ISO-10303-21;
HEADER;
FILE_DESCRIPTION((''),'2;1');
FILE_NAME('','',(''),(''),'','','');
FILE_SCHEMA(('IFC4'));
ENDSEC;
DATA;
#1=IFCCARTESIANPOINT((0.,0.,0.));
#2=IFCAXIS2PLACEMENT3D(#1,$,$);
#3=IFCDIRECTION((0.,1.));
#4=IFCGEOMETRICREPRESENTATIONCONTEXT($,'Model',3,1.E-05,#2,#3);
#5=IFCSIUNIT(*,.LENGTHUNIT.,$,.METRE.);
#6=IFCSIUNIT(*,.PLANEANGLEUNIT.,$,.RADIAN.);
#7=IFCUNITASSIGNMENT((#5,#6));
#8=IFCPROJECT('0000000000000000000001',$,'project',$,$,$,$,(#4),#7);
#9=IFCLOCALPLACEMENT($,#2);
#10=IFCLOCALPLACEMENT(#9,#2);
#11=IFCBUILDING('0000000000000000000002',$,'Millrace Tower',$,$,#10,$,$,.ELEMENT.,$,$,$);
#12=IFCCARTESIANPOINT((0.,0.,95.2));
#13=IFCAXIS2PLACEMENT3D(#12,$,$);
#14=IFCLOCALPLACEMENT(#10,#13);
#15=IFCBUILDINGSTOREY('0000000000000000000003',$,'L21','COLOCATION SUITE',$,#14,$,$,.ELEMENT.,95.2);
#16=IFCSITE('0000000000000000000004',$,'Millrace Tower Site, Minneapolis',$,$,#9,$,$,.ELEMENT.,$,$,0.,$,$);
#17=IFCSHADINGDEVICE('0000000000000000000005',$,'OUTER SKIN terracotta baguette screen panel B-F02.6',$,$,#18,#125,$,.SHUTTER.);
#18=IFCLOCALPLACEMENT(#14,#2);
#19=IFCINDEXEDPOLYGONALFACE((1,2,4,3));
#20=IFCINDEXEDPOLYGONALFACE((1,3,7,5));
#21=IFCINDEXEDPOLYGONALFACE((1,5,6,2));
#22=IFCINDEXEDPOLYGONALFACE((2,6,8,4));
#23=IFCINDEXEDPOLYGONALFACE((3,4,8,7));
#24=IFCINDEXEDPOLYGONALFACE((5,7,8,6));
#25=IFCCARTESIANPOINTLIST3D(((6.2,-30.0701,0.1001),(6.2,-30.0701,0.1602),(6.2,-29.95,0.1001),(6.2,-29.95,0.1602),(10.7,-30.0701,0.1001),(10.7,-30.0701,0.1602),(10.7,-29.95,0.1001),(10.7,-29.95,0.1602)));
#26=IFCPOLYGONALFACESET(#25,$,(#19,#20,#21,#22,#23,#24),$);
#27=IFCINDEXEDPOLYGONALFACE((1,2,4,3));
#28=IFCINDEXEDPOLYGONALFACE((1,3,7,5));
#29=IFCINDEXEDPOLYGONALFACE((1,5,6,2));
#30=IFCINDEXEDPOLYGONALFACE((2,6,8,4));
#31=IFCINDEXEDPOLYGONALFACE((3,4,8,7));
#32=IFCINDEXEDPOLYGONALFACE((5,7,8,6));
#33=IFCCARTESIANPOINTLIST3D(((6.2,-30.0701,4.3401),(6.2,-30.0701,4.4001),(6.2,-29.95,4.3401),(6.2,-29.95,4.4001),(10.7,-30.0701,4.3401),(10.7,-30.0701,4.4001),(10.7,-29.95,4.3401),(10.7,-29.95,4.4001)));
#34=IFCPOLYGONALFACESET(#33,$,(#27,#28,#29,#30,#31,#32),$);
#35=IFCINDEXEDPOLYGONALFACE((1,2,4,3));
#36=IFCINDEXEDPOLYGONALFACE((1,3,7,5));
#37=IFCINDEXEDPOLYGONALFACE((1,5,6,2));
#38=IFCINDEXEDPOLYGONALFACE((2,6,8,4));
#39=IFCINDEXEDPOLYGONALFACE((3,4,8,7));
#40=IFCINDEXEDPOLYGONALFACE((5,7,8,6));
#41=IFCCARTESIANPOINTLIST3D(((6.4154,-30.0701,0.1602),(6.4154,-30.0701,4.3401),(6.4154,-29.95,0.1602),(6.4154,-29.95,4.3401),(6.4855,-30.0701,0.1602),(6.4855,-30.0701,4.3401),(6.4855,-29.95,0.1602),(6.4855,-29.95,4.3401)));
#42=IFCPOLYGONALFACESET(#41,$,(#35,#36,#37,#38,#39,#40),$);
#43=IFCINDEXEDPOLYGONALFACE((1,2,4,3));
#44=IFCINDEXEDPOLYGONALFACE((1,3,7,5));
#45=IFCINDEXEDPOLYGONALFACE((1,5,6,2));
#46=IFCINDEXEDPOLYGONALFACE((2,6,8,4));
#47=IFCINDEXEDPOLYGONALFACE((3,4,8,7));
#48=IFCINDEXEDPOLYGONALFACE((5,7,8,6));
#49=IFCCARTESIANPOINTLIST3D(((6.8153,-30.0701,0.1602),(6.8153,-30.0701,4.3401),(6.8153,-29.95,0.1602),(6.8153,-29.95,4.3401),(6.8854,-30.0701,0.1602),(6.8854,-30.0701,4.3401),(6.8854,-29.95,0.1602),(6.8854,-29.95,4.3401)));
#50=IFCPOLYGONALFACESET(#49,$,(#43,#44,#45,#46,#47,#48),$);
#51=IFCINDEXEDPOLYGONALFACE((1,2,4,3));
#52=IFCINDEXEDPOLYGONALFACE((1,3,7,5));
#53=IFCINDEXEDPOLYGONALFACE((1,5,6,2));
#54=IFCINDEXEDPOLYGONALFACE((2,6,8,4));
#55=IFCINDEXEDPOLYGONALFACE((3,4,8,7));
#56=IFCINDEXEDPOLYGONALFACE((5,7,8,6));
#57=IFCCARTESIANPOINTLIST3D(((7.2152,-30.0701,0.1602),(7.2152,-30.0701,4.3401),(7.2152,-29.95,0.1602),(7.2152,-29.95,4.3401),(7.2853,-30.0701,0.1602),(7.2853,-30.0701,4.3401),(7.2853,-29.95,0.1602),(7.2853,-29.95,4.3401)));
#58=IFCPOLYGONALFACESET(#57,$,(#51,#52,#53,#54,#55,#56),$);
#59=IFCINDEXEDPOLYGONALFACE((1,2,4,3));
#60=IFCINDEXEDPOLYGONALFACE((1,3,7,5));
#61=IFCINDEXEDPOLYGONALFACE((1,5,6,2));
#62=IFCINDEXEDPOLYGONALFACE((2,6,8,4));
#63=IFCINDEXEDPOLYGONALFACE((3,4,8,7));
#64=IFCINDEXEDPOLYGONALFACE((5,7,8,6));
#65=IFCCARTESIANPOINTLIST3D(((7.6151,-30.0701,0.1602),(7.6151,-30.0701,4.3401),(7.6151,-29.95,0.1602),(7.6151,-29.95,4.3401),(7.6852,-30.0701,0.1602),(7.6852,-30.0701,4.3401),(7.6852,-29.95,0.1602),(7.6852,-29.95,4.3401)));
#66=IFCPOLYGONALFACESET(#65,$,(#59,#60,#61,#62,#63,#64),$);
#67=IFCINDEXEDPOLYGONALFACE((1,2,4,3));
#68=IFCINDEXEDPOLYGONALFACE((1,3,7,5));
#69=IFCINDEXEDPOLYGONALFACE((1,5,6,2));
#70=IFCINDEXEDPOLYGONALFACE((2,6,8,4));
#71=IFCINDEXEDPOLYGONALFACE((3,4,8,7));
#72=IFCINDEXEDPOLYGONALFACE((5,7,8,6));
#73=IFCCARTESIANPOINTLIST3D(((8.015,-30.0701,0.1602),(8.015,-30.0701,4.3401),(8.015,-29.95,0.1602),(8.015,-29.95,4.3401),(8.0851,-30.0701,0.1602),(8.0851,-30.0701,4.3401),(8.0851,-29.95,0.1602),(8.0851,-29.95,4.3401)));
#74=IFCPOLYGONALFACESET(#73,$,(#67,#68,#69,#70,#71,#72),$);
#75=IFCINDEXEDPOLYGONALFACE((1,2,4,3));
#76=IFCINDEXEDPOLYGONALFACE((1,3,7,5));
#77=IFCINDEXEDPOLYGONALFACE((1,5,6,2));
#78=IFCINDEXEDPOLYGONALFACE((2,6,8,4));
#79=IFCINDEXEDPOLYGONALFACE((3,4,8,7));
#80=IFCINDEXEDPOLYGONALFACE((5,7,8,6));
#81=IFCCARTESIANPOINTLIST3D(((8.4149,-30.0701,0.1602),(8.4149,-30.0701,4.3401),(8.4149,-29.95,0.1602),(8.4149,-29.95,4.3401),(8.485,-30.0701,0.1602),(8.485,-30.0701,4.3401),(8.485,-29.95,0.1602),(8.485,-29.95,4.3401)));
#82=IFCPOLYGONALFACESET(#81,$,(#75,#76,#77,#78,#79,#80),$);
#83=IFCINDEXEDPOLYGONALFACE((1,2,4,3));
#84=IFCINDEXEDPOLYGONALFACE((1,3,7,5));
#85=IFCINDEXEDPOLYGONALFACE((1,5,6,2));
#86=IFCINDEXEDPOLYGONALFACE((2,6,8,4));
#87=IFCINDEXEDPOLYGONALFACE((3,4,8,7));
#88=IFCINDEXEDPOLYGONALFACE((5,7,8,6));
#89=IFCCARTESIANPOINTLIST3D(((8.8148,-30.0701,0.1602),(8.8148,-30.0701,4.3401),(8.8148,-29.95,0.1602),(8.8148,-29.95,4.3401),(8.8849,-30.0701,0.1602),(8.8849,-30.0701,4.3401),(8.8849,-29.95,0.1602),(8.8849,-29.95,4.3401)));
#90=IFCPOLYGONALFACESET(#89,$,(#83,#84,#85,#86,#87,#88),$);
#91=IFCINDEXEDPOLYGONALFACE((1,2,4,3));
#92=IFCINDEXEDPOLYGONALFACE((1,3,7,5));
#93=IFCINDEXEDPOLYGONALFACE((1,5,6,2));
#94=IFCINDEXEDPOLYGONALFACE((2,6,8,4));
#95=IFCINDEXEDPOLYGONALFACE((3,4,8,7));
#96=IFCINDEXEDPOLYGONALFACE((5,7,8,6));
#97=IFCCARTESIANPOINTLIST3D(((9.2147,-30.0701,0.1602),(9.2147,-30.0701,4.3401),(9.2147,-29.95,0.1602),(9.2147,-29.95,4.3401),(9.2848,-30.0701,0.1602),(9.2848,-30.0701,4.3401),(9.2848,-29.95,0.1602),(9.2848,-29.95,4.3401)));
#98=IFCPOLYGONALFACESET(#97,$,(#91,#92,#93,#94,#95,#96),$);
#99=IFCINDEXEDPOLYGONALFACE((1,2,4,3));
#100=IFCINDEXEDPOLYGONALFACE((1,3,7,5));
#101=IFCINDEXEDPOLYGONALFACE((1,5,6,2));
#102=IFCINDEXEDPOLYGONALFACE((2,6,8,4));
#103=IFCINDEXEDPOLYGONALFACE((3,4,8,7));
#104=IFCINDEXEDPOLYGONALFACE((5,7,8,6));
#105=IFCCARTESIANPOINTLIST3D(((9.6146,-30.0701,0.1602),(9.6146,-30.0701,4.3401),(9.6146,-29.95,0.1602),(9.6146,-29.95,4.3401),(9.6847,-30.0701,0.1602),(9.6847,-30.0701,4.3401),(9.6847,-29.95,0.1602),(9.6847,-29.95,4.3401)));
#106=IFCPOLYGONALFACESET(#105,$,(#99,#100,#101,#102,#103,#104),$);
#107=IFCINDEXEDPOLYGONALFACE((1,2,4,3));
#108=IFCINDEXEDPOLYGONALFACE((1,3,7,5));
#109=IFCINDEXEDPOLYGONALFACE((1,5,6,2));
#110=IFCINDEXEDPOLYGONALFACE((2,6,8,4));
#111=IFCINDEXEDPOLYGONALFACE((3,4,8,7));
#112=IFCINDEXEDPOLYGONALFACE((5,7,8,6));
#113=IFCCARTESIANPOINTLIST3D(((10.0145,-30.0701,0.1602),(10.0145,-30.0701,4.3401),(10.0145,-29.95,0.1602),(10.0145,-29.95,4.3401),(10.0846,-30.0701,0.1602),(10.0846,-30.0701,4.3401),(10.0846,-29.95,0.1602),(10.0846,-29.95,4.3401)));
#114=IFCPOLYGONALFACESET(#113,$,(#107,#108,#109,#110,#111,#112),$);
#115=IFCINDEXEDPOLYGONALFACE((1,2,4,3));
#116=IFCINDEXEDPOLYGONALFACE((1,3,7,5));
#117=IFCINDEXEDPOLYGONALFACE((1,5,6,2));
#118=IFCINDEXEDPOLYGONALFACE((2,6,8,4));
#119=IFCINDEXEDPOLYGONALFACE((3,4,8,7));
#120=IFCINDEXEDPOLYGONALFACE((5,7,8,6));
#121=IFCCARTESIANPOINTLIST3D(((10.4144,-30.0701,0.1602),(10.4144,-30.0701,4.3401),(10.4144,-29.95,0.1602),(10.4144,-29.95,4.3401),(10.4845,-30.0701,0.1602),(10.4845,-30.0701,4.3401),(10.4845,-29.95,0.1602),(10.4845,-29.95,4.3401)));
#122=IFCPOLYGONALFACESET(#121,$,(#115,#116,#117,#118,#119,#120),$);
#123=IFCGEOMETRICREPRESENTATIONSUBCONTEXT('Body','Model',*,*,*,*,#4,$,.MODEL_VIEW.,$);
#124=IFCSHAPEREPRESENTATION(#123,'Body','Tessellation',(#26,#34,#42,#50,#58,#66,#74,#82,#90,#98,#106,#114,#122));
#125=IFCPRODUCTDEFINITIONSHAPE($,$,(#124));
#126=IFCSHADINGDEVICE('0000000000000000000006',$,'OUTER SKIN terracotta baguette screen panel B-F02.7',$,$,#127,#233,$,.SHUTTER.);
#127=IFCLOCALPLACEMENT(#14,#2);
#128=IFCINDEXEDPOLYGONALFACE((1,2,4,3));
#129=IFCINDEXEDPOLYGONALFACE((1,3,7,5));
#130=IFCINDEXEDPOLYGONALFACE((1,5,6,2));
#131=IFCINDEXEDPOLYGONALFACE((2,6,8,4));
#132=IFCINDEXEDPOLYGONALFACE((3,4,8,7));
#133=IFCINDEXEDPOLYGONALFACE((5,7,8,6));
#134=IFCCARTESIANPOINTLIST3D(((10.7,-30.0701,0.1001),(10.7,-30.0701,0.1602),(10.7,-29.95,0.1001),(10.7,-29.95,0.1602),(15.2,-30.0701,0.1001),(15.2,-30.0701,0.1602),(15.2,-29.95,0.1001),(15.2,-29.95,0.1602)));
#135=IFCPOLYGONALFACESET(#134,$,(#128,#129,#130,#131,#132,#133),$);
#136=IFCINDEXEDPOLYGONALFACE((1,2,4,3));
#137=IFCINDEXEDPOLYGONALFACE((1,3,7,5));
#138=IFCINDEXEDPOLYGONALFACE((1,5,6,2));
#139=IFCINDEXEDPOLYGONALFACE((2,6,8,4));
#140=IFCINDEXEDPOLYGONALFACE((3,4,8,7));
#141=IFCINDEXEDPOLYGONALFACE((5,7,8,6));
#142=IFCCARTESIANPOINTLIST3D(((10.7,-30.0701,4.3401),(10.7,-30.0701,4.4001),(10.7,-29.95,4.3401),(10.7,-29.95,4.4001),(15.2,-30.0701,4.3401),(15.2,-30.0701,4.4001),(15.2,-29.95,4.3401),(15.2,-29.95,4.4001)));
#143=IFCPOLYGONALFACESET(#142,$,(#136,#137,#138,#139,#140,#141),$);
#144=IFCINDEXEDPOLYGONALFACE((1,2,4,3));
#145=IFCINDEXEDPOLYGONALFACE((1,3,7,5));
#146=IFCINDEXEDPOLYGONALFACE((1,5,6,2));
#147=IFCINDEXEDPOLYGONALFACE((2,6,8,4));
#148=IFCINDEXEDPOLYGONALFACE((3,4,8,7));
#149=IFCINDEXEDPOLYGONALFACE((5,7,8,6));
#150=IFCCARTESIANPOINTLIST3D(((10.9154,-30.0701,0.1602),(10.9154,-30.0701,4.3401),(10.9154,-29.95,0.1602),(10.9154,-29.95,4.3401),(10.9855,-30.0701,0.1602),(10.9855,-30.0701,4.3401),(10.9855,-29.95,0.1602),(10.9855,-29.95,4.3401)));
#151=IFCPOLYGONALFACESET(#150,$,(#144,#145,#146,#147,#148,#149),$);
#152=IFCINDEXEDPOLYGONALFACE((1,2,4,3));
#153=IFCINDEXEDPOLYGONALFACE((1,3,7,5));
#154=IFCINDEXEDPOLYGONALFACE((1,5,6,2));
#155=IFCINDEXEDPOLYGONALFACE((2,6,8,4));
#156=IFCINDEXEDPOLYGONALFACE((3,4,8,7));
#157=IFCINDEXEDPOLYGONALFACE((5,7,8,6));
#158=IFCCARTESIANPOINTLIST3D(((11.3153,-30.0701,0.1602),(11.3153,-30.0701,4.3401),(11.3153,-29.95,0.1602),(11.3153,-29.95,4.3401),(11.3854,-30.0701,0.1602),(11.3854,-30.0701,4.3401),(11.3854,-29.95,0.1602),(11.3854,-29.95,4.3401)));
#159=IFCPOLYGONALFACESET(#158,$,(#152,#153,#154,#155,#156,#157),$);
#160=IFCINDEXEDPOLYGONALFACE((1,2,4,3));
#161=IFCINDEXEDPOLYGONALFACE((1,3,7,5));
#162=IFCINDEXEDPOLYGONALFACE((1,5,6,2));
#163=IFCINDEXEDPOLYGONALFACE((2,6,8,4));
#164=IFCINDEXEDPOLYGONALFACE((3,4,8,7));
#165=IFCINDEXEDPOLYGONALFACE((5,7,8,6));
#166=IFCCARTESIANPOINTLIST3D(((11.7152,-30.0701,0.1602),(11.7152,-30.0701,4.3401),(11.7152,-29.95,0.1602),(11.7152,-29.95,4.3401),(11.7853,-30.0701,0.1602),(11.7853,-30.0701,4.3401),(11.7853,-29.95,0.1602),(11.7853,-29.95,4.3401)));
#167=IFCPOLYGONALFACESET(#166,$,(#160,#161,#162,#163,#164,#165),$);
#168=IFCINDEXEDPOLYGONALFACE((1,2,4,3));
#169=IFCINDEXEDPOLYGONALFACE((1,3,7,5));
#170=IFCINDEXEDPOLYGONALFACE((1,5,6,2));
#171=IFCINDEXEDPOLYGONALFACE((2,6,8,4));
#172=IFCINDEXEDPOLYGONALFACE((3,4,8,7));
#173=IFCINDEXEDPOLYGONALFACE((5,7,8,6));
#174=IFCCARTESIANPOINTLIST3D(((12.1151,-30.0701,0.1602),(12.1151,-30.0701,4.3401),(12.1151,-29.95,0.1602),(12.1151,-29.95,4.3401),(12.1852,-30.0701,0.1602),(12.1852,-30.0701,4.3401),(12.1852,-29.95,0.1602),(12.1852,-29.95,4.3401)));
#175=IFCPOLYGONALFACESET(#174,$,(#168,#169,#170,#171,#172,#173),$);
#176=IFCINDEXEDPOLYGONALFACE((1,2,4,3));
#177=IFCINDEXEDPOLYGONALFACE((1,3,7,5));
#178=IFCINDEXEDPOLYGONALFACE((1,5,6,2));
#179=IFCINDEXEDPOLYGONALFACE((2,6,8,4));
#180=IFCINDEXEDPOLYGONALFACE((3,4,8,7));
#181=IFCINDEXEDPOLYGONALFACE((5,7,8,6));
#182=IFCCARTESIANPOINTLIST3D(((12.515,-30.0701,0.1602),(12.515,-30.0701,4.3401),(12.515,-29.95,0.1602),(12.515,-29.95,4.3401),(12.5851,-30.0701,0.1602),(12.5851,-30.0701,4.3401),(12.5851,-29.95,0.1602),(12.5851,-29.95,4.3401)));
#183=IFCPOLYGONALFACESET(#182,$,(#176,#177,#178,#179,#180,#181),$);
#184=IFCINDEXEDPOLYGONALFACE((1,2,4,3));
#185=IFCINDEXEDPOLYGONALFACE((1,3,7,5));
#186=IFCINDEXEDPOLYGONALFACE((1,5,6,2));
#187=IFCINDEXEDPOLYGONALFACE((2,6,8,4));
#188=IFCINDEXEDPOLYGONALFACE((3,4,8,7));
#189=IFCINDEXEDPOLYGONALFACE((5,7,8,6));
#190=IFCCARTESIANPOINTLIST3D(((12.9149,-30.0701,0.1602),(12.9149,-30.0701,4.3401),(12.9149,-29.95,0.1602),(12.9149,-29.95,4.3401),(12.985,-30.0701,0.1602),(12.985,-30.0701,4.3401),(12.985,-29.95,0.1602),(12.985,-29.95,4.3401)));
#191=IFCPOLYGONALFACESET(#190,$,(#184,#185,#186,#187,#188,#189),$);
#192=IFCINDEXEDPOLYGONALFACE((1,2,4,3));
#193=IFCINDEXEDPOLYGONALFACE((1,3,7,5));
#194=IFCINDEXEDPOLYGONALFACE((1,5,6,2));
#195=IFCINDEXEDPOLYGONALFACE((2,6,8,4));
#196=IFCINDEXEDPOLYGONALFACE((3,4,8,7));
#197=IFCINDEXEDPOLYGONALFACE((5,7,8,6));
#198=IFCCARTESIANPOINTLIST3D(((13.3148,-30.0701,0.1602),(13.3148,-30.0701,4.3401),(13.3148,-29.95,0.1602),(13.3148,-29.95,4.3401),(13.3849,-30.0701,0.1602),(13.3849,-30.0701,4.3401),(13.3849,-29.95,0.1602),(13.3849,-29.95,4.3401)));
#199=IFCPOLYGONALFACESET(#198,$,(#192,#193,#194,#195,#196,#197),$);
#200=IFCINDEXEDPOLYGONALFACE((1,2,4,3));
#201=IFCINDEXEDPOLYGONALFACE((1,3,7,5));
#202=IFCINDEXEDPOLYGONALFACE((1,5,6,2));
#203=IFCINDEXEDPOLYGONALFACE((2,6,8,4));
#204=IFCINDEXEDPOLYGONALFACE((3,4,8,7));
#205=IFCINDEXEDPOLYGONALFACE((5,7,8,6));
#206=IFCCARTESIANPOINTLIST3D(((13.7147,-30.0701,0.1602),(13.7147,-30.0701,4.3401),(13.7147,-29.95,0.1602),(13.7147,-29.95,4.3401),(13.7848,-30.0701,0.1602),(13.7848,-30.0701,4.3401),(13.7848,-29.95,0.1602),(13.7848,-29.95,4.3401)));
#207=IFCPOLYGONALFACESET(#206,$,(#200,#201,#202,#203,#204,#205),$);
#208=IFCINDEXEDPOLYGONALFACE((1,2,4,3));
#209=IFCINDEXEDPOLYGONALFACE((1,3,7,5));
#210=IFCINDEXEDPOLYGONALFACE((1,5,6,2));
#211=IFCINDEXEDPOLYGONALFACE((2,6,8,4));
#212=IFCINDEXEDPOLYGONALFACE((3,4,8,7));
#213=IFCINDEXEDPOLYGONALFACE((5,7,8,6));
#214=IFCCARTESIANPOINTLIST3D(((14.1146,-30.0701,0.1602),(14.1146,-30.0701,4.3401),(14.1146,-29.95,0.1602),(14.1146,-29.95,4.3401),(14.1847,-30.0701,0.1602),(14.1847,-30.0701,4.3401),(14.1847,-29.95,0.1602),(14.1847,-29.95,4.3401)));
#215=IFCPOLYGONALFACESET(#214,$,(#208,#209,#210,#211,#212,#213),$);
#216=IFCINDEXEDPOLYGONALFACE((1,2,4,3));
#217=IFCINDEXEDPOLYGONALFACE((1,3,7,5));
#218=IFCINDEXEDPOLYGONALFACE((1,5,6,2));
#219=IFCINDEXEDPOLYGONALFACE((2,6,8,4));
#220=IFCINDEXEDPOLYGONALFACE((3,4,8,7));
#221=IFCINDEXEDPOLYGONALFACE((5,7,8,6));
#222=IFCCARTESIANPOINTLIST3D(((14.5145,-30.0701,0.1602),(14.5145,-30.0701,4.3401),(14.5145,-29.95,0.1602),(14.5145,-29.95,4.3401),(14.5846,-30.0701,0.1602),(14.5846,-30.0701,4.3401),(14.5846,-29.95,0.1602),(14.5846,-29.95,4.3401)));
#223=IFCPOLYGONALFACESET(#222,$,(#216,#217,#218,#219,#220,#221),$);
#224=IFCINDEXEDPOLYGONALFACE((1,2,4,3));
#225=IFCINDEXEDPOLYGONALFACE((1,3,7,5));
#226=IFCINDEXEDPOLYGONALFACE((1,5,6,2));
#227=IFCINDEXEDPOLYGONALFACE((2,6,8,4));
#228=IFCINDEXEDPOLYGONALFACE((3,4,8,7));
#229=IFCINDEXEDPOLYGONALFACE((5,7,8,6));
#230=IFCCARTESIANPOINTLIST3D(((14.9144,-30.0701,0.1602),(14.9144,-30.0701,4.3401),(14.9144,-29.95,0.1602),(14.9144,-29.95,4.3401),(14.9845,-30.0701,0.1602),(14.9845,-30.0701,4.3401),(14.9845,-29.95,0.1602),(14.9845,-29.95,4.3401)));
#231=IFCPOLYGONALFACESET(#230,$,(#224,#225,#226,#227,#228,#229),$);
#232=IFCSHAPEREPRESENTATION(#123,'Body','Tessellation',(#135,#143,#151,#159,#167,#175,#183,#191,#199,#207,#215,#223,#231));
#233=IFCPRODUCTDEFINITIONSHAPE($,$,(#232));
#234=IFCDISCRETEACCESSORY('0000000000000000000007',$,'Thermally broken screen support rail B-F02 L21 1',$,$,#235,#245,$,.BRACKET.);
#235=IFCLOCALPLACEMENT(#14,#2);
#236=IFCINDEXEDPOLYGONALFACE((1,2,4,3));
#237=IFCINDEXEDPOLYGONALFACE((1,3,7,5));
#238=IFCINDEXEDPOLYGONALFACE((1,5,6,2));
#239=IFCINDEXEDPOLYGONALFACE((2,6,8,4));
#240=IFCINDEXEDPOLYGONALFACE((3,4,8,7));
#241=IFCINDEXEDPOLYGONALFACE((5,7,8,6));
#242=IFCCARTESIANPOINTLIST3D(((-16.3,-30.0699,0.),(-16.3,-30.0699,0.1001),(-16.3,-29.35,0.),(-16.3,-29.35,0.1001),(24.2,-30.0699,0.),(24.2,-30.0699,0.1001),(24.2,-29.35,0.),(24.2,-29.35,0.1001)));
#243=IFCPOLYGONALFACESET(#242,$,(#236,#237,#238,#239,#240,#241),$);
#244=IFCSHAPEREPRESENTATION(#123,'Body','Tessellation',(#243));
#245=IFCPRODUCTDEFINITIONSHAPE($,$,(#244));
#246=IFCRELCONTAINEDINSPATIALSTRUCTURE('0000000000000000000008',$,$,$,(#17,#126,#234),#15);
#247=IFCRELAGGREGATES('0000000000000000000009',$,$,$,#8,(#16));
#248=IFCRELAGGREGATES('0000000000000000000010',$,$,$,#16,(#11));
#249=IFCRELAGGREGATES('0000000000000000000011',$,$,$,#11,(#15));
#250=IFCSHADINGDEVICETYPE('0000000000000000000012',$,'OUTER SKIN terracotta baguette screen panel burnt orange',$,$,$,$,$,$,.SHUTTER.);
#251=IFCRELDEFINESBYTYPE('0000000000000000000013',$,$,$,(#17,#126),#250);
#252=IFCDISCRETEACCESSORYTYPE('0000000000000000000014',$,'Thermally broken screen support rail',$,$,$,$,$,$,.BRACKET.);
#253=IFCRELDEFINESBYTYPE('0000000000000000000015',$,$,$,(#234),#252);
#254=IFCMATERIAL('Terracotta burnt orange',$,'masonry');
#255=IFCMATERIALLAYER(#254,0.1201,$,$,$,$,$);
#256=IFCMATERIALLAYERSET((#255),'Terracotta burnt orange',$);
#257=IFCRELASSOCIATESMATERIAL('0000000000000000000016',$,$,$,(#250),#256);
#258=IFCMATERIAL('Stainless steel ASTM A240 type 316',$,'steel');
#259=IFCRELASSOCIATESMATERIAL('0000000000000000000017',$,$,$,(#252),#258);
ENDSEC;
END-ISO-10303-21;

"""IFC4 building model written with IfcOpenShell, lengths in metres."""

from ifc_helpers import new_model, entity, si_unit, direction, frame, frame_2d, origin, origin_2d, place, context, subcontext, project, spatial, rectangle, extrude, source, transform, mapped, material, layer, layer_set, type_object, element, save


model = new_model("IFC4")

# Units and contexts
model_context = context("Model", 3, precision=1e-05, world=origin(), true_north=direction((0.0, 1.0)))
body_context = subcontext(model_context, "Body", "Model", "MODEL_VIEW")
ifc_project = project(units=[si_unit("LENGTHUNIT", "METRE"), si_unit("PLANEANGLEUNIT", "RADIAN")], contexts=[model_context])

# Site, building, storey
site_placement = place(None, origin())
site = spatial("IfcSite", under=ifc_project, at=site_placement, Name="Millrace Tower Site, Minneapolis", CompositionType="ELEMENT", RefElevation=0.0)
building_placement = place(site_placement, origin())
building = spatial("IfcBuilding", under=site, at=building_placement, Name="Millrace Tower", CompositionType="ELEMENT")
storey_placement = place(building_placement, frame((0.0, 0.0, 95.2)))
storey = spatial("IfcBuildingStorey", under=building, at=storey_placement, Name="L21", Description="COLOCATION SUITE", CompositionType="ELEMENT", Elevation=95.2)

# Shading devices
ifc_material_1 = material(Name="Terracotta burnt orange", Category="masonry")
ifc_layer_1 = layer(ifc_material_1, 0.1201)
ifc_layer_set_1 = layer_set([ifc_layer_1], Name="Terracotta burnt orange")
shading_device_type = type_object("IfcShadingDeviceType", Name="OUTER SKIN terracotta baguette screen panel burnt orange", PredefinedType="SHUTTER", material=ifc_layer_set_1)
cartesian_point = entity("IfcCartesianPoint", [-2.25, 0.0601])
shared_polyline = entity("IfcPolyline", [cartesian_point, entity("IfcCartesianPoint", [2.25, 0.0601]), entity("IfcCartesianPoint", [2.25, -0.0601]), entity("IfcCartesianPoint", [-2.25, -0.0601]), cartesian_point])
shared_shape = source(origin(), body_context, "Body", "SweptSolid", [
    entity("IfcExtrudedAreaSolid", entity("IfcArbitraryClosedProfileDef", "AREA", None, shared_polyline), entity("IfcAxis2Placement3D", entity("IfcCartesianPoint", [0.0, 0.0, 0.0])), entity("IfcDirection", [0.0, 0.0, 1.0]), 0.0601),
    entity("IfcExtrudedAreaSolid", entity("IfcArbitraryClosedProfileDef", "AREA", None, shared_polyline), entity("IfcAxis2Placement3D", entity("IfcCartesianPoint", [0.0, 0.0, 4.24])), entity("IfcDirection", [0.0, 0.0, 1.0]), 0.0601),
    extrude(rectangle(XDim=0.0701, YDim=0.1201, at=frame_2d((-1.9995, 0.0))), frame((0.0, 0.0, 0.0601)), (0.0, 0.0, 1.0), 4.1799),
    extrude(rectangle(XDim=0.0701, YDim=0.1201, at=frame_2d((-1.5996, 0.0))), frame((0.0, 0.0, 0.0601)), (0.0, 0.0, 1.0), 4.1799),
    extrude(rectangle(XDim=0.0701, YDim=0.1201, at=frame_2d((-1.1997, 0.0))), frame((0.0, 0.0, 0.0601)), (0.0, 0.0, 1.0), 4.1799),
    extrude(rectangle(XDim=0.0701, YDim=0.1201, at=frame_2d((-0.7998, 0.0))), frame((0.0, 0.0, 0.0601)), (0.0, 0.0, 1.0), 4.1799),
    extrude(rectangle(XDim=0.0701, YDim=0.1201, at=frame_2d((-0.3999, 0.0))), frame((0.0, 0.0, 0.0601)), (0.0, 0.0, 1.0), 4.1799),
    extrude(rectangle(XDim=0.0701, YDim=0.1201, at=origin_2d()), frame((0.0, 0.0, 0.0601)), (0.0, 0.0, 1.0), 4.1799),
    extrude(rectangle(XDim=0.0701, YDim=0.1201, at=frame_2d((0.3999, 0.0))), frame((0.0, 0.0, 0.0601)), (0.0, 0.0, 1.0), 4.1799),
    extrude(rectangle(XDim=0.0701, YDim=0.1201, at=frame_2d((0.7998, 0.0))), frame((0.0, 0.0, 0.0601)), (0.0, 0.0, 1.0), 4.1799),
    extrude(rectangle(XDim=0.0701, YDim=0.1201, at=frame_2d((1.1997, 0.0))), frame((0.0, 0.0, 0.0601)), (0.0, 0.0, 1.0), 4.1799),
    extrude(rectangle(XDim=0.0701, YDim=0.1201, at=frame_2d((1.5996, 0.0))), frame((0.0, 0.0, 0.0601)), (0.0, 0.0, 1.0), 4.1799),
    extrude(rectangle(XDim=0.0701, YDim=0.1201, at=frame_2d((1.9995, 0.0))), frame((0.0, 0.0, 0.0601)), (0.0, 0.0, 1.0), 4.1799),
])
for number, where, z_axis, x_axis, name in (
    (1, (8.45, -30.01, 0.1001), (0.0, 0.0, 1.0), (1.0, 0.0, 0.0), "OUTER SKIN terracotta baguette screen panel B-F02.6"),
    (2, (12.95, -30.01, 0.1001), (0.0, 0.0, 1.0), (1.0, 0.0, 0.0), "OUTER SKIN terracotta baguette screen panel B-F02.7"),
):
    element("IfcShadingDevice", number, at=place(storey_placement, frame(where, z_axis=z_axis, x_axis=x_axis)), inside=storey, type_object=shading_device_type, Name=name, PredefinedType="SHUTTER", context=body_context, shape_type="MappedRepresentation", body=[
        mapped(shared_shape, transform((0.0, 0.0, 0.0), scale=1.0)),
    ])

# Discrete accessory
ifc_material_2 = material(Name="Stainless steel ASTM A240 type 316", Category="steel")
discrete_accessory_type = type_object("IfcDiscreteAccessoryType", Name="Thermally broken screen support rail", PredefinedType="BRACKET", material=ifc_material_2)
discrete_accessory_placement = place(storey_placement, frame((3.95, -29.71, 0.0), z_axis=(0.0, 0.0, 1.0), x_axis=(1.0, 0.0, 0.0)))
element("IfcDiscreteAccessory", 3, at=discrete_accessory_placement, inside=storey, type_object=discrete_accessory_type, Name="Thermally broken screen support rail B-F02 L21 1", PredefinedType="BRACKET", context=body_context, shape_type="SweptSolid", body=[
    extrude(rectangle(XDim=40.5, YDim=0.72, at=origin_2d()), origin(), (0.0, 0.0, 1.0), 0.1001),
])

save(model, "model.ifc")
